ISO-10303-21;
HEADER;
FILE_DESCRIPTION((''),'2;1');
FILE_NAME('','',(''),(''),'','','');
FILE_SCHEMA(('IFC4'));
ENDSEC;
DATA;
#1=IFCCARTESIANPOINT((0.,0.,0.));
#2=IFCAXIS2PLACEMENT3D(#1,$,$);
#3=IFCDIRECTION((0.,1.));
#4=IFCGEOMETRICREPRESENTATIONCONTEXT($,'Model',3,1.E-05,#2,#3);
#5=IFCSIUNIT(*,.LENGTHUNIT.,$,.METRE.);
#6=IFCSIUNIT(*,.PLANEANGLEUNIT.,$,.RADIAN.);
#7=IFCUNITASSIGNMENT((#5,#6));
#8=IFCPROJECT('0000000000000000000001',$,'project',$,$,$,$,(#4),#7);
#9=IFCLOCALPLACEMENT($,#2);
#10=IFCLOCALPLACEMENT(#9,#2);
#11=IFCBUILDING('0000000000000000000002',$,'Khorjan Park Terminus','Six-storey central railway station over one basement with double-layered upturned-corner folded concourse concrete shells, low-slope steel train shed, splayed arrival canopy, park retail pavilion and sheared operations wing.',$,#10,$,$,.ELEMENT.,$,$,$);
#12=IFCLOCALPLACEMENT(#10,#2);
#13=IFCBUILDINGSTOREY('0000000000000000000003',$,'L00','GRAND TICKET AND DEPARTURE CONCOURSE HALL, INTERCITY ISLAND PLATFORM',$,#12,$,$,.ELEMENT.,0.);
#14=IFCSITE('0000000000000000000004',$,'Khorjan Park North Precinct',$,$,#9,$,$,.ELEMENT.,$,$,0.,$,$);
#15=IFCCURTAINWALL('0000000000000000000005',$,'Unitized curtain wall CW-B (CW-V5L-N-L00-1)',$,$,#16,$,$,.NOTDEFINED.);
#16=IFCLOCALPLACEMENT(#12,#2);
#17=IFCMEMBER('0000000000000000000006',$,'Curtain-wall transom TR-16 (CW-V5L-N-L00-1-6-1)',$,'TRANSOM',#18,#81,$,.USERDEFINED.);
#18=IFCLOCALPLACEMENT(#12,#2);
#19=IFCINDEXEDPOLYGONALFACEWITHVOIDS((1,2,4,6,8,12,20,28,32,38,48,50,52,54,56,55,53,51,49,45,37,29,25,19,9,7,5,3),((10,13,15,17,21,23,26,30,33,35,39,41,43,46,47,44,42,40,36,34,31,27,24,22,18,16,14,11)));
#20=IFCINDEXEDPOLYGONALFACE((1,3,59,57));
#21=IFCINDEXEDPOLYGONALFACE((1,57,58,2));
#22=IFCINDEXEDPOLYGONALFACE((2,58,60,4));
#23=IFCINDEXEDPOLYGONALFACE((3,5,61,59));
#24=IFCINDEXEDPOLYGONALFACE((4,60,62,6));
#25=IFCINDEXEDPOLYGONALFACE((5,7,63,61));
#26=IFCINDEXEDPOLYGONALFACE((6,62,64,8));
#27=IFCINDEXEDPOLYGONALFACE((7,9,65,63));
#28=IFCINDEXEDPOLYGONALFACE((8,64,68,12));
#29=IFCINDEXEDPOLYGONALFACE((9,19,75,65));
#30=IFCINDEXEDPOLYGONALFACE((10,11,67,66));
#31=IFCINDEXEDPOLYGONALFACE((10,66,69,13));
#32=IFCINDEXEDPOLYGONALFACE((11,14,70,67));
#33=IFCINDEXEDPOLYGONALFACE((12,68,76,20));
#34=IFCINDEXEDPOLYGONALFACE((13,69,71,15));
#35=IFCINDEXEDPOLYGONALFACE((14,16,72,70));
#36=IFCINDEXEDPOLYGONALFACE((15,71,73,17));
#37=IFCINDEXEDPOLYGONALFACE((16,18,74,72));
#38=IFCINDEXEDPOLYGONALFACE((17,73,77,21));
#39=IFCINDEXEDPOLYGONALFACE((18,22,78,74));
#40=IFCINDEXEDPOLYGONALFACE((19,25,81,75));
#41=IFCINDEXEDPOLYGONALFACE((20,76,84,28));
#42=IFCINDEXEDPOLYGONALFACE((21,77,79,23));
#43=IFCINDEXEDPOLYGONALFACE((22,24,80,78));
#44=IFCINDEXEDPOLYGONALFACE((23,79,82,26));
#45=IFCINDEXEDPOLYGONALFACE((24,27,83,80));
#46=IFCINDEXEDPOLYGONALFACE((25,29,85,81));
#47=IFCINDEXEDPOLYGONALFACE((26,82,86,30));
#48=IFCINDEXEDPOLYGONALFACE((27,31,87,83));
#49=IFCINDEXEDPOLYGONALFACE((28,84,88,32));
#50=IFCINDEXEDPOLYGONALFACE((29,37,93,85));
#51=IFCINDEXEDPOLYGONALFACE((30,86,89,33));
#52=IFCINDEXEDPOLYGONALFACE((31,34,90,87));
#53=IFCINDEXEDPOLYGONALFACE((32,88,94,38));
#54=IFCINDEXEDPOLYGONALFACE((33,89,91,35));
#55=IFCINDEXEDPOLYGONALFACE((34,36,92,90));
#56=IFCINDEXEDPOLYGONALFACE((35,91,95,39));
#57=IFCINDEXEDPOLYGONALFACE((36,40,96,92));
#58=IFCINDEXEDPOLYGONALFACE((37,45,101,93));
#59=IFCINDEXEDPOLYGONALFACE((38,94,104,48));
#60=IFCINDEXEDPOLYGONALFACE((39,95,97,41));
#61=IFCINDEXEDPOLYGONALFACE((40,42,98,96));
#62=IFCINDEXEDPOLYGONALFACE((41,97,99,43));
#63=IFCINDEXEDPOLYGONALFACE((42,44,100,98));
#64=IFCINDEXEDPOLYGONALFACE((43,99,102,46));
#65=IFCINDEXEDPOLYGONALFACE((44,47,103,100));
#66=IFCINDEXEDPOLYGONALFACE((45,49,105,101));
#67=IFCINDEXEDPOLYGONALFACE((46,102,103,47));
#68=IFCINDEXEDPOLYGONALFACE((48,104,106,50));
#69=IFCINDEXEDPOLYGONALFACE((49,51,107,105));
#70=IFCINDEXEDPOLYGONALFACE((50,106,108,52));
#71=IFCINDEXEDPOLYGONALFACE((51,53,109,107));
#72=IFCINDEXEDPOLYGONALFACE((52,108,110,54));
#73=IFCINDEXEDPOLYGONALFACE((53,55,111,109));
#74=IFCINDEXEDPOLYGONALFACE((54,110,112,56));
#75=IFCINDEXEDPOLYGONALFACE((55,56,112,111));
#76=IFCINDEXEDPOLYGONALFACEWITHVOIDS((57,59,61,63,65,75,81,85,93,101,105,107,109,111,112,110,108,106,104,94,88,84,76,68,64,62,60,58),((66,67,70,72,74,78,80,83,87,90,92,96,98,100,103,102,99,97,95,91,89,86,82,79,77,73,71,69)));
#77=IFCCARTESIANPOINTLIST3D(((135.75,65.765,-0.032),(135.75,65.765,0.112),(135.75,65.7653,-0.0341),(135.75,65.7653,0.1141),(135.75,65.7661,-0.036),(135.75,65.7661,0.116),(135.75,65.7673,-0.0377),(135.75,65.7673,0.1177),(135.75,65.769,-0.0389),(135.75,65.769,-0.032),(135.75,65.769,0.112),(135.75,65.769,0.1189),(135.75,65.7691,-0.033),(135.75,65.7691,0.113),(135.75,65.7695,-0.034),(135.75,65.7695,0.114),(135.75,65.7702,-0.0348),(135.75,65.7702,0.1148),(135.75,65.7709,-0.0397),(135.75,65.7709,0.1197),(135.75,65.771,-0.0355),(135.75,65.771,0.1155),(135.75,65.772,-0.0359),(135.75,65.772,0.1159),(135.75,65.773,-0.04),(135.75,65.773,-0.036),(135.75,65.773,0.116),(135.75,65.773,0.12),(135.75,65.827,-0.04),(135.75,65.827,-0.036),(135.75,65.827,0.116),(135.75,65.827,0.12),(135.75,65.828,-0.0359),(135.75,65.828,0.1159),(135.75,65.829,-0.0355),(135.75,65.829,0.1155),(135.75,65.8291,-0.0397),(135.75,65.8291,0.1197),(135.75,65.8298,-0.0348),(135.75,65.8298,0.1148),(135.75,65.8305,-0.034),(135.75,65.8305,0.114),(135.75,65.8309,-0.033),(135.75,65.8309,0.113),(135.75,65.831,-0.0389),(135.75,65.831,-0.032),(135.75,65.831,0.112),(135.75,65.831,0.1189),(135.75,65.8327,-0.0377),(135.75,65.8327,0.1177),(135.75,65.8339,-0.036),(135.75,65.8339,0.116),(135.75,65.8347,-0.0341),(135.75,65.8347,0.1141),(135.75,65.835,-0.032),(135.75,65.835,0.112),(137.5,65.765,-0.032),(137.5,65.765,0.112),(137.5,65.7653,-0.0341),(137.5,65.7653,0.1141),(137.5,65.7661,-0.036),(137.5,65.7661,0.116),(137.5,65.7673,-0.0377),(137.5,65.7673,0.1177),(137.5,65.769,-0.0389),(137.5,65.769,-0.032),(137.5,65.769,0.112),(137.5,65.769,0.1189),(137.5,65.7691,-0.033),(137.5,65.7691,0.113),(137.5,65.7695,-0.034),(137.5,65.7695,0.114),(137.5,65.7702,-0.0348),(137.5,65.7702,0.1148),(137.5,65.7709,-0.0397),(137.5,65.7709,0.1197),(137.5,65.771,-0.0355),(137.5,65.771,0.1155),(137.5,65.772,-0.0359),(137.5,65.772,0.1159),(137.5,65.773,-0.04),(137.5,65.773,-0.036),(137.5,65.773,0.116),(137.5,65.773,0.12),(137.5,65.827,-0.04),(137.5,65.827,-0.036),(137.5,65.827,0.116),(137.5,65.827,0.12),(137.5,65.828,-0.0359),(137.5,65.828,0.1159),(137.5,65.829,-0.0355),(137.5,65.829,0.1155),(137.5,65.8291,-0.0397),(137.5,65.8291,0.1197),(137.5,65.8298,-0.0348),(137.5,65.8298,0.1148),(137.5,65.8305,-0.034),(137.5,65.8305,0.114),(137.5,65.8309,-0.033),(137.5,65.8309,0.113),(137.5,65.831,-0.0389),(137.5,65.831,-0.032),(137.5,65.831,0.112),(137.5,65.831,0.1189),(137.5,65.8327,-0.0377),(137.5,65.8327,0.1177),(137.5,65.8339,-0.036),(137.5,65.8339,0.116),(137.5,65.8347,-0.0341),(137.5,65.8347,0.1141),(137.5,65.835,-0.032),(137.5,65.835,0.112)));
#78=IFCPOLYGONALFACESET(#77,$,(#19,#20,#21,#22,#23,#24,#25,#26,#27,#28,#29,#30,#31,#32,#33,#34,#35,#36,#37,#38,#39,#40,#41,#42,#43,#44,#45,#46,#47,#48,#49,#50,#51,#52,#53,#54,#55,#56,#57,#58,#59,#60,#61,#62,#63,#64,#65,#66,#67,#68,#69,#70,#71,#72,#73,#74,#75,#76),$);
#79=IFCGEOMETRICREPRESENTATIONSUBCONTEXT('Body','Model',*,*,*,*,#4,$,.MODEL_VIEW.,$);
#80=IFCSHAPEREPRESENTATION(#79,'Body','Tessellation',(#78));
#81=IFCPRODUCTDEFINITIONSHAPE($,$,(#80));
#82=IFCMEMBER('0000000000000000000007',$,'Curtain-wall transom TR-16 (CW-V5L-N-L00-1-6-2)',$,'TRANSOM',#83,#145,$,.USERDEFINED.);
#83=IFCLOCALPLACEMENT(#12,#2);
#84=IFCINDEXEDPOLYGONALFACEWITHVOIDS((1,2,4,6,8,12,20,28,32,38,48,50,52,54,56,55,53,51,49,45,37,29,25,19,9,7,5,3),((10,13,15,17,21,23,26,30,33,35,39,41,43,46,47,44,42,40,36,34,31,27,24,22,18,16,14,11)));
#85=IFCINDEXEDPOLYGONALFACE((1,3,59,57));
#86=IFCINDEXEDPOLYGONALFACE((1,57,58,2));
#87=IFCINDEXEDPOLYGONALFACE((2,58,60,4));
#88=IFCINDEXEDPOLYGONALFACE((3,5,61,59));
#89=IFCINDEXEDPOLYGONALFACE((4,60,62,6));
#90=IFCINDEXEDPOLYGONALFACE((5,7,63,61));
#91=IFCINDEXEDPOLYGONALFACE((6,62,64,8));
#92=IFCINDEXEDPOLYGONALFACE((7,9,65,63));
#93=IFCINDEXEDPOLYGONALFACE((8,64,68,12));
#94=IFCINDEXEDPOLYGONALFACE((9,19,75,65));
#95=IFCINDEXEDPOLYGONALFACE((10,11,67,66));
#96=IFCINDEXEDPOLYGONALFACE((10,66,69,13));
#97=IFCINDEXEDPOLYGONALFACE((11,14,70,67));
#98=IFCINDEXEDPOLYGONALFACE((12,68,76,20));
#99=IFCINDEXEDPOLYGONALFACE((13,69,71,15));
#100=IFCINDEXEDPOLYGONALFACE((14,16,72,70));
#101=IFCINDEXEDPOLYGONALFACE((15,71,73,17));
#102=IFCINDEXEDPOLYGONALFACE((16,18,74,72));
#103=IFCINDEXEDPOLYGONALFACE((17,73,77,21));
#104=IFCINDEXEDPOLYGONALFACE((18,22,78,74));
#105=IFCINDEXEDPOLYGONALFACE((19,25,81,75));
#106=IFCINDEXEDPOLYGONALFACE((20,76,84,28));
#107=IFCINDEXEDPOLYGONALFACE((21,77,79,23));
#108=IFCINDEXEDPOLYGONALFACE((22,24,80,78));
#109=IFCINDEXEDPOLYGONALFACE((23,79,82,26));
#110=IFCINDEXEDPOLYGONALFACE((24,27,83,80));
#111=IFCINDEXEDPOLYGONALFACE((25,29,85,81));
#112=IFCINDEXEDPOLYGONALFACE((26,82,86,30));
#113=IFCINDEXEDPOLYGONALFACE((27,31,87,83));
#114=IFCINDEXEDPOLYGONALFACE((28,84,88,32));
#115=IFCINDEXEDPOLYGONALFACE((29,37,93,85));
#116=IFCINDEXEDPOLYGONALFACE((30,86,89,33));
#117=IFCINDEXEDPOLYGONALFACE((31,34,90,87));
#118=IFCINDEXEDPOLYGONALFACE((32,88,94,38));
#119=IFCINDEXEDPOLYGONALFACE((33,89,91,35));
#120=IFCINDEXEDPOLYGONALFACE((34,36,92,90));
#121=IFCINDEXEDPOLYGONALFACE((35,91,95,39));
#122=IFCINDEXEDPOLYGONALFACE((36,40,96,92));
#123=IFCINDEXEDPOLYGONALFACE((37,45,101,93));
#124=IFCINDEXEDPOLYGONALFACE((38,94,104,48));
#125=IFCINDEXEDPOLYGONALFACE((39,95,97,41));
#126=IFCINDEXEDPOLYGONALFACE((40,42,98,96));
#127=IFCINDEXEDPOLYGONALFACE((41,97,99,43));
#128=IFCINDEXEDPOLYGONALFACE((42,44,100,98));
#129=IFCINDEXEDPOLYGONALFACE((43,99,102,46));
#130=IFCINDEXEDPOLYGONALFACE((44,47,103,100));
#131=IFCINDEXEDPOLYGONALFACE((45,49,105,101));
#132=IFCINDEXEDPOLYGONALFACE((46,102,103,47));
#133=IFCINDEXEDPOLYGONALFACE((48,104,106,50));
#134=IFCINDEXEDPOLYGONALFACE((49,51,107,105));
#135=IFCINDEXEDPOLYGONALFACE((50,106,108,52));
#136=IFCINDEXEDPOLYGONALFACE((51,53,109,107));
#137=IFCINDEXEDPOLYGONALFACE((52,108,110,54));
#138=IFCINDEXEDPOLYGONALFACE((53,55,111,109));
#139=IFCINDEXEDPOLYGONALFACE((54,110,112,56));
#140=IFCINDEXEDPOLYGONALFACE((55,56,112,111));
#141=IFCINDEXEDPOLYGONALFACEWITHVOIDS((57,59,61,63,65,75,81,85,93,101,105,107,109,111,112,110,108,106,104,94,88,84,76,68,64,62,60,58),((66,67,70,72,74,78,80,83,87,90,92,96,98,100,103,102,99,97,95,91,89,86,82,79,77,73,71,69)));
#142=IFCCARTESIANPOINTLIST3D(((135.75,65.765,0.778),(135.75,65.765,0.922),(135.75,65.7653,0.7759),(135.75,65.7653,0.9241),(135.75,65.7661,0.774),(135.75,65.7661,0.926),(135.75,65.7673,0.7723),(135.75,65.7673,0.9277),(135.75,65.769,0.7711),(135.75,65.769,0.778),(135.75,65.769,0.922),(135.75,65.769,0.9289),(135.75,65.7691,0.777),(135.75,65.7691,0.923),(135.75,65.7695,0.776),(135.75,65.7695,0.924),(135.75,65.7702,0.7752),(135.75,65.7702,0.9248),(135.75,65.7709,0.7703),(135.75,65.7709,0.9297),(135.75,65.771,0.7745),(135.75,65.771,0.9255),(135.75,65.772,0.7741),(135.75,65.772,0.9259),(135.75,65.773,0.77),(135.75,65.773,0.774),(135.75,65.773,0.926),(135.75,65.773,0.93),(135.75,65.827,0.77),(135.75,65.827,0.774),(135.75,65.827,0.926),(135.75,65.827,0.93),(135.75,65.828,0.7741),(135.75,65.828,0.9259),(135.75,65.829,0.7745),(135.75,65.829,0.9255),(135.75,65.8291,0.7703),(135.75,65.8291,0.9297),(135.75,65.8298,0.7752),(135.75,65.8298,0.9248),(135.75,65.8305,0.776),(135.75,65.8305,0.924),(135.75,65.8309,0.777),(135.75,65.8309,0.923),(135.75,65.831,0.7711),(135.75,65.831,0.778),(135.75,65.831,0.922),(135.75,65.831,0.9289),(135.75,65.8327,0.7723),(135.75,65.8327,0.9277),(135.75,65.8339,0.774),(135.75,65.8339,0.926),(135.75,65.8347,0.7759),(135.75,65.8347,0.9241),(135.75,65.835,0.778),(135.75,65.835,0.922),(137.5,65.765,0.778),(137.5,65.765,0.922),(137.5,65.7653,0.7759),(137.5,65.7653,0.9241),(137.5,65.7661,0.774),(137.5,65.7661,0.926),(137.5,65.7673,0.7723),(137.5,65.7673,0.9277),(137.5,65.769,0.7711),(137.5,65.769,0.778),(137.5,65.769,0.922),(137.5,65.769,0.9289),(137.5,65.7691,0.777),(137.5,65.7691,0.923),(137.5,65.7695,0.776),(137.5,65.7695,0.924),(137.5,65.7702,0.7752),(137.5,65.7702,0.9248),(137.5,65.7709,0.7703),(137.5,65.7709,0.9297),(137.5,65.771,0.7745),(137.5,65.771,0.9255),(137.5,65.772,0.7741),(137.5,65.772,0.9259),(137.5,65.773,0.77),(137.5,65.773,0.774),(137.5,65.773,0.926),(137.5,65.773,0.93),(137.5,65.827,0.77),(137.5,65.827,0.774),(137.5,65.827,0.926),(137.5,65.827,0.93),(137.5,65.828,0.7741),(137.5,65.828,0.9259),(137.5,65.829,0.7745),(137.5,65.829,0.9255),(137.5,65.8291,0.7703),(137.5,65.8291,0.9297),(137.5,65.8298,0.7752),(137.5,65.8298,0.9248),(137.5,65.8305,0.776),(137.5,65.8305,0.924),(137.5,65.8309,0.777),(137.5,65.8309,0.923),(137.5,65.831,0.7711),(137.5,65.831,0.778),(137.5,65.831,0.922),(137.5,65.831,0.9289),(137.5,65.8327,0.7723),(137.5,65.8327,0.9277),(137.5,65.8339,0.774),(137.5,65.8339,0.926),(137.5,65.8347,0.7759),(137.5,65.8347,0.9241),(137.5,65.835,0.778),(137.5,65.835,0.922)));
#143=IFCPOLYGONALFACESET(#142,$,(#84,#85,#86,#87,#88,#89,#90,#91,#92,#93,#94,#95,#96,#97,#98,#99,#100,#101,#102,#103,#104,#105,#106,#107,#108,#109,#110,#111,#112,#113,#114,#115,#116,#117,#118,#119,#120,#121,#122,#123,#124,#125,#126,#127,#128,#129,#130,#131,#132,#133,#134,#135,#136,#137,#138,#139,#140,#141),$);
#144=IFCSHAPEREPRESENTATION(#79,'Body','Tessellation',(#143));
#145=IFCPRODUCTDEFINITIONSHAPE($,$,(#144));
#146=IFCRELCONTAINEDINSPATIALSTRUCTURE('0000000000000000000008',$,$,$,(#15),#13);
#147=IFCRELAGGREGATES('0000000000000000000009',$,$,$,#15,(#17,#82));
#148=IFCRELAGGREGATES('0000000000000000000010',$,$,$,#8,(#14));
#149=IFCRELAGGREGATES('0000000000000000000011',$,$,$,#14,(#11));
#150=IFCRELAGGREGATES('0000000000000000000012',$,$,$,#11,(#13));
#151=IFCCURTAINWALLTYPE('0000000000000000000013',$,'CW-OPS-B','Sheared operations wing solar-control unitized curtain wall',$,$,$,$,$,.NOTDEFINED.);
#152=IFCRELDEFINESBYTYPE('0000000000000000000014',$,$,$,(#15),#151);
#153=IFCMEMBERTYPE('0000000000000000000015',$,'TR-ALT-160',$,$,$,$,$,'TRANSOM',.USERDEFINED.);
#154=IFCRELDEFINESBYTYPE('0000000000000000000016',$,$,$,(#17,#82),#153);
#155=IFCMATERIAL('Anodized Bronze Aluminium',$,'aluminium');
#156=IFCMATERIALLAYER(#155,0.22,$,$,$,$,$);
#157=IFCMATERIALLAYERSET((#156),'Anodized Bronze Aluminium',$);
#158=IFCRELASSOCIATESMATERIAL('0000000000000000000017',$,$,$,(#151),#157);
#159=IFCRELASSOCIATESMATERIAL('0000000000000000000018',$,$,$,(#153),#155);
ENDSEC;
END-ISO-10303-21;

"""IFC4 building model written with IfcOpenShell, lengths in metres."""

from ifc_helpers import new_model, si_unit, direction, frame, origin, origin_2d, place, context, subcontext, project, spatial, hollow_rectangle, extrude, material, layer, layer_set, material_profile, profile_set, type_object, element, aggregate, save


model = new_model("IFC4")

# Units and contexts
model_context = context("Model", 3, precision=1e-05, world=origin(), true_north=direction((0.0, 1.0)))
body_context = subcontext(model_context, "Body", "Model", "MODEL_VIEW")
ifc_project = project(units=[si_unit("LENGTHUNIT", "METRE"), si_unit("PLANEANGLEUNIT", "RADIAN")], contexts=[model_context])

# Site, building, storey
site_placement = place(None, origin())
site = spatial("IfcSite", under=ifc_project, at=site_placement, Name="Khorjan Park North Precinct", CompositionType="ELEMENT", RefElevation=0.0)
building_placement = place(site_placement, origin())
building = spatial("IfcBuilding", under=site, at=building_placement, Name="Khorjan Park Terminus", Description="Six-storey central railway station over one basement with double-layered upturned-corner folded concourse concrete shells, low-slope steel train shed, splayed arrival canopy, park retail pavilion and sheared operations wing.", CompositionType="ELEMENT")
storey_placement = place(building_placement, origin())
storey = spatial("IfcBuildingStorey", under=building, at=storey_placement, Name="L00", Description="GRAND TICKET AND DEPARTURE CONCOURSE HALL, INTERCITY ISLAND PLATFORM", CompositionType="ELEMENT", Elevation=0.0)

# Curtain wall
ifc_material_1 = material(Name="Anodized Bronze Aluminium", Category="aluminium")
ifc_layer_1 = layer(ifc_material_1, 0.22)
ifc_layer_set_1 = layer_set([ifc_layer_1], Name="Anodized Bronze Aluminium")
curtain_wall_type_1 = type_object("IfcCurtainWallType", Name="CW-OPS-B", Description="Sheared operations wing solar-control unitized curtain wall", PredefinedType="NOTDEFINED", material=ifc_layer_set_1)
curtain_wall_1_placement = place(storey_placement, origin())
curtain_wall_1 = element("IfcCurtainWall", 1, at=curtain_wall_1_placement, inside=storey, type_object=curtain_wall_type_1, Name="Unitized curtain wall CW-B (CW-V5L-N-L00-1)", PredefinedType="NOTDEFINED")

# Members
ifc_material_profile_1 = material_profile(ifc_material_1, hollow_rectangle(XDim=0.07, YDim=0.16, WallThickness=0.004, InnerFilletRadius=0.004, OuterFilletRadius=0.008, at=origin_2d()), Name="ALT 70x160x4")
ifc_profile_set_1 = profile_set([ifc_material_profile_1], Name="Anodized Bronze Aluminium")
member_type_1 = type_object("IfcMemberType", Name="TR-ALT-160", ElementType="TRANSOM", PredefinedType="USERDEFINED", material=ifc_profile_set_1)
member_1_placement = place(storey_placement, frame((137.5, 65.8, 0.04), z_axis=(-1.0, 0.0, 0.0), x_axis=(0.0, -1.0, 0.0)))
member_1 = element("IfcMember", 2, at=member_1_placement, type_object=member_type_1, Name="Curtain-wall transom TR-16 (CW-V5L-N-L00-1-6-1)", ObjectType="TRANSOM", PredefinedType="USERDEFINED", context=body_context, shape_type="SweptSolid", body=[
    extrude(hollow_rectangle(XDim=0.07, YDim=0.16, WallThickness=0.004, InnerFilletRadius=0.004, OuterFilletRadius=0.008, at=origin_2d()), origin(), (0.0, 0.0, 1.0), 1.75),
])
member_2_placement = place(storey_placement, frame((137.5, 65.8, 0.85), z_axis=(-1.0, 0.0, 0.0), x_axis=(0.0, -1.0, 0.0)))
member_2 = element("IfcMember", 3, at=member_2_placement, type_object=member_type_1, Name="Curtain-wall transom TR-16 (CW-V5L-N-L00-1-6-2)", ObjectType="TRANSOM", PredefinedType="USERDEFINED", context=body_context, shape_type="SweptSolid", body=[
    extrude(hollow_rectangle(XDim=0.07, YDim=0.16, WallThickness=0.004, InnerFilletRadius=0.004, OuterFilletRadius=0.008, at=origin_2d()), origin(), (0.0, 0.0, 1.0), 1.75),
])

aggregate(curtain_wall_1, [member_1, member_2])

save(model, "model.ifc")
